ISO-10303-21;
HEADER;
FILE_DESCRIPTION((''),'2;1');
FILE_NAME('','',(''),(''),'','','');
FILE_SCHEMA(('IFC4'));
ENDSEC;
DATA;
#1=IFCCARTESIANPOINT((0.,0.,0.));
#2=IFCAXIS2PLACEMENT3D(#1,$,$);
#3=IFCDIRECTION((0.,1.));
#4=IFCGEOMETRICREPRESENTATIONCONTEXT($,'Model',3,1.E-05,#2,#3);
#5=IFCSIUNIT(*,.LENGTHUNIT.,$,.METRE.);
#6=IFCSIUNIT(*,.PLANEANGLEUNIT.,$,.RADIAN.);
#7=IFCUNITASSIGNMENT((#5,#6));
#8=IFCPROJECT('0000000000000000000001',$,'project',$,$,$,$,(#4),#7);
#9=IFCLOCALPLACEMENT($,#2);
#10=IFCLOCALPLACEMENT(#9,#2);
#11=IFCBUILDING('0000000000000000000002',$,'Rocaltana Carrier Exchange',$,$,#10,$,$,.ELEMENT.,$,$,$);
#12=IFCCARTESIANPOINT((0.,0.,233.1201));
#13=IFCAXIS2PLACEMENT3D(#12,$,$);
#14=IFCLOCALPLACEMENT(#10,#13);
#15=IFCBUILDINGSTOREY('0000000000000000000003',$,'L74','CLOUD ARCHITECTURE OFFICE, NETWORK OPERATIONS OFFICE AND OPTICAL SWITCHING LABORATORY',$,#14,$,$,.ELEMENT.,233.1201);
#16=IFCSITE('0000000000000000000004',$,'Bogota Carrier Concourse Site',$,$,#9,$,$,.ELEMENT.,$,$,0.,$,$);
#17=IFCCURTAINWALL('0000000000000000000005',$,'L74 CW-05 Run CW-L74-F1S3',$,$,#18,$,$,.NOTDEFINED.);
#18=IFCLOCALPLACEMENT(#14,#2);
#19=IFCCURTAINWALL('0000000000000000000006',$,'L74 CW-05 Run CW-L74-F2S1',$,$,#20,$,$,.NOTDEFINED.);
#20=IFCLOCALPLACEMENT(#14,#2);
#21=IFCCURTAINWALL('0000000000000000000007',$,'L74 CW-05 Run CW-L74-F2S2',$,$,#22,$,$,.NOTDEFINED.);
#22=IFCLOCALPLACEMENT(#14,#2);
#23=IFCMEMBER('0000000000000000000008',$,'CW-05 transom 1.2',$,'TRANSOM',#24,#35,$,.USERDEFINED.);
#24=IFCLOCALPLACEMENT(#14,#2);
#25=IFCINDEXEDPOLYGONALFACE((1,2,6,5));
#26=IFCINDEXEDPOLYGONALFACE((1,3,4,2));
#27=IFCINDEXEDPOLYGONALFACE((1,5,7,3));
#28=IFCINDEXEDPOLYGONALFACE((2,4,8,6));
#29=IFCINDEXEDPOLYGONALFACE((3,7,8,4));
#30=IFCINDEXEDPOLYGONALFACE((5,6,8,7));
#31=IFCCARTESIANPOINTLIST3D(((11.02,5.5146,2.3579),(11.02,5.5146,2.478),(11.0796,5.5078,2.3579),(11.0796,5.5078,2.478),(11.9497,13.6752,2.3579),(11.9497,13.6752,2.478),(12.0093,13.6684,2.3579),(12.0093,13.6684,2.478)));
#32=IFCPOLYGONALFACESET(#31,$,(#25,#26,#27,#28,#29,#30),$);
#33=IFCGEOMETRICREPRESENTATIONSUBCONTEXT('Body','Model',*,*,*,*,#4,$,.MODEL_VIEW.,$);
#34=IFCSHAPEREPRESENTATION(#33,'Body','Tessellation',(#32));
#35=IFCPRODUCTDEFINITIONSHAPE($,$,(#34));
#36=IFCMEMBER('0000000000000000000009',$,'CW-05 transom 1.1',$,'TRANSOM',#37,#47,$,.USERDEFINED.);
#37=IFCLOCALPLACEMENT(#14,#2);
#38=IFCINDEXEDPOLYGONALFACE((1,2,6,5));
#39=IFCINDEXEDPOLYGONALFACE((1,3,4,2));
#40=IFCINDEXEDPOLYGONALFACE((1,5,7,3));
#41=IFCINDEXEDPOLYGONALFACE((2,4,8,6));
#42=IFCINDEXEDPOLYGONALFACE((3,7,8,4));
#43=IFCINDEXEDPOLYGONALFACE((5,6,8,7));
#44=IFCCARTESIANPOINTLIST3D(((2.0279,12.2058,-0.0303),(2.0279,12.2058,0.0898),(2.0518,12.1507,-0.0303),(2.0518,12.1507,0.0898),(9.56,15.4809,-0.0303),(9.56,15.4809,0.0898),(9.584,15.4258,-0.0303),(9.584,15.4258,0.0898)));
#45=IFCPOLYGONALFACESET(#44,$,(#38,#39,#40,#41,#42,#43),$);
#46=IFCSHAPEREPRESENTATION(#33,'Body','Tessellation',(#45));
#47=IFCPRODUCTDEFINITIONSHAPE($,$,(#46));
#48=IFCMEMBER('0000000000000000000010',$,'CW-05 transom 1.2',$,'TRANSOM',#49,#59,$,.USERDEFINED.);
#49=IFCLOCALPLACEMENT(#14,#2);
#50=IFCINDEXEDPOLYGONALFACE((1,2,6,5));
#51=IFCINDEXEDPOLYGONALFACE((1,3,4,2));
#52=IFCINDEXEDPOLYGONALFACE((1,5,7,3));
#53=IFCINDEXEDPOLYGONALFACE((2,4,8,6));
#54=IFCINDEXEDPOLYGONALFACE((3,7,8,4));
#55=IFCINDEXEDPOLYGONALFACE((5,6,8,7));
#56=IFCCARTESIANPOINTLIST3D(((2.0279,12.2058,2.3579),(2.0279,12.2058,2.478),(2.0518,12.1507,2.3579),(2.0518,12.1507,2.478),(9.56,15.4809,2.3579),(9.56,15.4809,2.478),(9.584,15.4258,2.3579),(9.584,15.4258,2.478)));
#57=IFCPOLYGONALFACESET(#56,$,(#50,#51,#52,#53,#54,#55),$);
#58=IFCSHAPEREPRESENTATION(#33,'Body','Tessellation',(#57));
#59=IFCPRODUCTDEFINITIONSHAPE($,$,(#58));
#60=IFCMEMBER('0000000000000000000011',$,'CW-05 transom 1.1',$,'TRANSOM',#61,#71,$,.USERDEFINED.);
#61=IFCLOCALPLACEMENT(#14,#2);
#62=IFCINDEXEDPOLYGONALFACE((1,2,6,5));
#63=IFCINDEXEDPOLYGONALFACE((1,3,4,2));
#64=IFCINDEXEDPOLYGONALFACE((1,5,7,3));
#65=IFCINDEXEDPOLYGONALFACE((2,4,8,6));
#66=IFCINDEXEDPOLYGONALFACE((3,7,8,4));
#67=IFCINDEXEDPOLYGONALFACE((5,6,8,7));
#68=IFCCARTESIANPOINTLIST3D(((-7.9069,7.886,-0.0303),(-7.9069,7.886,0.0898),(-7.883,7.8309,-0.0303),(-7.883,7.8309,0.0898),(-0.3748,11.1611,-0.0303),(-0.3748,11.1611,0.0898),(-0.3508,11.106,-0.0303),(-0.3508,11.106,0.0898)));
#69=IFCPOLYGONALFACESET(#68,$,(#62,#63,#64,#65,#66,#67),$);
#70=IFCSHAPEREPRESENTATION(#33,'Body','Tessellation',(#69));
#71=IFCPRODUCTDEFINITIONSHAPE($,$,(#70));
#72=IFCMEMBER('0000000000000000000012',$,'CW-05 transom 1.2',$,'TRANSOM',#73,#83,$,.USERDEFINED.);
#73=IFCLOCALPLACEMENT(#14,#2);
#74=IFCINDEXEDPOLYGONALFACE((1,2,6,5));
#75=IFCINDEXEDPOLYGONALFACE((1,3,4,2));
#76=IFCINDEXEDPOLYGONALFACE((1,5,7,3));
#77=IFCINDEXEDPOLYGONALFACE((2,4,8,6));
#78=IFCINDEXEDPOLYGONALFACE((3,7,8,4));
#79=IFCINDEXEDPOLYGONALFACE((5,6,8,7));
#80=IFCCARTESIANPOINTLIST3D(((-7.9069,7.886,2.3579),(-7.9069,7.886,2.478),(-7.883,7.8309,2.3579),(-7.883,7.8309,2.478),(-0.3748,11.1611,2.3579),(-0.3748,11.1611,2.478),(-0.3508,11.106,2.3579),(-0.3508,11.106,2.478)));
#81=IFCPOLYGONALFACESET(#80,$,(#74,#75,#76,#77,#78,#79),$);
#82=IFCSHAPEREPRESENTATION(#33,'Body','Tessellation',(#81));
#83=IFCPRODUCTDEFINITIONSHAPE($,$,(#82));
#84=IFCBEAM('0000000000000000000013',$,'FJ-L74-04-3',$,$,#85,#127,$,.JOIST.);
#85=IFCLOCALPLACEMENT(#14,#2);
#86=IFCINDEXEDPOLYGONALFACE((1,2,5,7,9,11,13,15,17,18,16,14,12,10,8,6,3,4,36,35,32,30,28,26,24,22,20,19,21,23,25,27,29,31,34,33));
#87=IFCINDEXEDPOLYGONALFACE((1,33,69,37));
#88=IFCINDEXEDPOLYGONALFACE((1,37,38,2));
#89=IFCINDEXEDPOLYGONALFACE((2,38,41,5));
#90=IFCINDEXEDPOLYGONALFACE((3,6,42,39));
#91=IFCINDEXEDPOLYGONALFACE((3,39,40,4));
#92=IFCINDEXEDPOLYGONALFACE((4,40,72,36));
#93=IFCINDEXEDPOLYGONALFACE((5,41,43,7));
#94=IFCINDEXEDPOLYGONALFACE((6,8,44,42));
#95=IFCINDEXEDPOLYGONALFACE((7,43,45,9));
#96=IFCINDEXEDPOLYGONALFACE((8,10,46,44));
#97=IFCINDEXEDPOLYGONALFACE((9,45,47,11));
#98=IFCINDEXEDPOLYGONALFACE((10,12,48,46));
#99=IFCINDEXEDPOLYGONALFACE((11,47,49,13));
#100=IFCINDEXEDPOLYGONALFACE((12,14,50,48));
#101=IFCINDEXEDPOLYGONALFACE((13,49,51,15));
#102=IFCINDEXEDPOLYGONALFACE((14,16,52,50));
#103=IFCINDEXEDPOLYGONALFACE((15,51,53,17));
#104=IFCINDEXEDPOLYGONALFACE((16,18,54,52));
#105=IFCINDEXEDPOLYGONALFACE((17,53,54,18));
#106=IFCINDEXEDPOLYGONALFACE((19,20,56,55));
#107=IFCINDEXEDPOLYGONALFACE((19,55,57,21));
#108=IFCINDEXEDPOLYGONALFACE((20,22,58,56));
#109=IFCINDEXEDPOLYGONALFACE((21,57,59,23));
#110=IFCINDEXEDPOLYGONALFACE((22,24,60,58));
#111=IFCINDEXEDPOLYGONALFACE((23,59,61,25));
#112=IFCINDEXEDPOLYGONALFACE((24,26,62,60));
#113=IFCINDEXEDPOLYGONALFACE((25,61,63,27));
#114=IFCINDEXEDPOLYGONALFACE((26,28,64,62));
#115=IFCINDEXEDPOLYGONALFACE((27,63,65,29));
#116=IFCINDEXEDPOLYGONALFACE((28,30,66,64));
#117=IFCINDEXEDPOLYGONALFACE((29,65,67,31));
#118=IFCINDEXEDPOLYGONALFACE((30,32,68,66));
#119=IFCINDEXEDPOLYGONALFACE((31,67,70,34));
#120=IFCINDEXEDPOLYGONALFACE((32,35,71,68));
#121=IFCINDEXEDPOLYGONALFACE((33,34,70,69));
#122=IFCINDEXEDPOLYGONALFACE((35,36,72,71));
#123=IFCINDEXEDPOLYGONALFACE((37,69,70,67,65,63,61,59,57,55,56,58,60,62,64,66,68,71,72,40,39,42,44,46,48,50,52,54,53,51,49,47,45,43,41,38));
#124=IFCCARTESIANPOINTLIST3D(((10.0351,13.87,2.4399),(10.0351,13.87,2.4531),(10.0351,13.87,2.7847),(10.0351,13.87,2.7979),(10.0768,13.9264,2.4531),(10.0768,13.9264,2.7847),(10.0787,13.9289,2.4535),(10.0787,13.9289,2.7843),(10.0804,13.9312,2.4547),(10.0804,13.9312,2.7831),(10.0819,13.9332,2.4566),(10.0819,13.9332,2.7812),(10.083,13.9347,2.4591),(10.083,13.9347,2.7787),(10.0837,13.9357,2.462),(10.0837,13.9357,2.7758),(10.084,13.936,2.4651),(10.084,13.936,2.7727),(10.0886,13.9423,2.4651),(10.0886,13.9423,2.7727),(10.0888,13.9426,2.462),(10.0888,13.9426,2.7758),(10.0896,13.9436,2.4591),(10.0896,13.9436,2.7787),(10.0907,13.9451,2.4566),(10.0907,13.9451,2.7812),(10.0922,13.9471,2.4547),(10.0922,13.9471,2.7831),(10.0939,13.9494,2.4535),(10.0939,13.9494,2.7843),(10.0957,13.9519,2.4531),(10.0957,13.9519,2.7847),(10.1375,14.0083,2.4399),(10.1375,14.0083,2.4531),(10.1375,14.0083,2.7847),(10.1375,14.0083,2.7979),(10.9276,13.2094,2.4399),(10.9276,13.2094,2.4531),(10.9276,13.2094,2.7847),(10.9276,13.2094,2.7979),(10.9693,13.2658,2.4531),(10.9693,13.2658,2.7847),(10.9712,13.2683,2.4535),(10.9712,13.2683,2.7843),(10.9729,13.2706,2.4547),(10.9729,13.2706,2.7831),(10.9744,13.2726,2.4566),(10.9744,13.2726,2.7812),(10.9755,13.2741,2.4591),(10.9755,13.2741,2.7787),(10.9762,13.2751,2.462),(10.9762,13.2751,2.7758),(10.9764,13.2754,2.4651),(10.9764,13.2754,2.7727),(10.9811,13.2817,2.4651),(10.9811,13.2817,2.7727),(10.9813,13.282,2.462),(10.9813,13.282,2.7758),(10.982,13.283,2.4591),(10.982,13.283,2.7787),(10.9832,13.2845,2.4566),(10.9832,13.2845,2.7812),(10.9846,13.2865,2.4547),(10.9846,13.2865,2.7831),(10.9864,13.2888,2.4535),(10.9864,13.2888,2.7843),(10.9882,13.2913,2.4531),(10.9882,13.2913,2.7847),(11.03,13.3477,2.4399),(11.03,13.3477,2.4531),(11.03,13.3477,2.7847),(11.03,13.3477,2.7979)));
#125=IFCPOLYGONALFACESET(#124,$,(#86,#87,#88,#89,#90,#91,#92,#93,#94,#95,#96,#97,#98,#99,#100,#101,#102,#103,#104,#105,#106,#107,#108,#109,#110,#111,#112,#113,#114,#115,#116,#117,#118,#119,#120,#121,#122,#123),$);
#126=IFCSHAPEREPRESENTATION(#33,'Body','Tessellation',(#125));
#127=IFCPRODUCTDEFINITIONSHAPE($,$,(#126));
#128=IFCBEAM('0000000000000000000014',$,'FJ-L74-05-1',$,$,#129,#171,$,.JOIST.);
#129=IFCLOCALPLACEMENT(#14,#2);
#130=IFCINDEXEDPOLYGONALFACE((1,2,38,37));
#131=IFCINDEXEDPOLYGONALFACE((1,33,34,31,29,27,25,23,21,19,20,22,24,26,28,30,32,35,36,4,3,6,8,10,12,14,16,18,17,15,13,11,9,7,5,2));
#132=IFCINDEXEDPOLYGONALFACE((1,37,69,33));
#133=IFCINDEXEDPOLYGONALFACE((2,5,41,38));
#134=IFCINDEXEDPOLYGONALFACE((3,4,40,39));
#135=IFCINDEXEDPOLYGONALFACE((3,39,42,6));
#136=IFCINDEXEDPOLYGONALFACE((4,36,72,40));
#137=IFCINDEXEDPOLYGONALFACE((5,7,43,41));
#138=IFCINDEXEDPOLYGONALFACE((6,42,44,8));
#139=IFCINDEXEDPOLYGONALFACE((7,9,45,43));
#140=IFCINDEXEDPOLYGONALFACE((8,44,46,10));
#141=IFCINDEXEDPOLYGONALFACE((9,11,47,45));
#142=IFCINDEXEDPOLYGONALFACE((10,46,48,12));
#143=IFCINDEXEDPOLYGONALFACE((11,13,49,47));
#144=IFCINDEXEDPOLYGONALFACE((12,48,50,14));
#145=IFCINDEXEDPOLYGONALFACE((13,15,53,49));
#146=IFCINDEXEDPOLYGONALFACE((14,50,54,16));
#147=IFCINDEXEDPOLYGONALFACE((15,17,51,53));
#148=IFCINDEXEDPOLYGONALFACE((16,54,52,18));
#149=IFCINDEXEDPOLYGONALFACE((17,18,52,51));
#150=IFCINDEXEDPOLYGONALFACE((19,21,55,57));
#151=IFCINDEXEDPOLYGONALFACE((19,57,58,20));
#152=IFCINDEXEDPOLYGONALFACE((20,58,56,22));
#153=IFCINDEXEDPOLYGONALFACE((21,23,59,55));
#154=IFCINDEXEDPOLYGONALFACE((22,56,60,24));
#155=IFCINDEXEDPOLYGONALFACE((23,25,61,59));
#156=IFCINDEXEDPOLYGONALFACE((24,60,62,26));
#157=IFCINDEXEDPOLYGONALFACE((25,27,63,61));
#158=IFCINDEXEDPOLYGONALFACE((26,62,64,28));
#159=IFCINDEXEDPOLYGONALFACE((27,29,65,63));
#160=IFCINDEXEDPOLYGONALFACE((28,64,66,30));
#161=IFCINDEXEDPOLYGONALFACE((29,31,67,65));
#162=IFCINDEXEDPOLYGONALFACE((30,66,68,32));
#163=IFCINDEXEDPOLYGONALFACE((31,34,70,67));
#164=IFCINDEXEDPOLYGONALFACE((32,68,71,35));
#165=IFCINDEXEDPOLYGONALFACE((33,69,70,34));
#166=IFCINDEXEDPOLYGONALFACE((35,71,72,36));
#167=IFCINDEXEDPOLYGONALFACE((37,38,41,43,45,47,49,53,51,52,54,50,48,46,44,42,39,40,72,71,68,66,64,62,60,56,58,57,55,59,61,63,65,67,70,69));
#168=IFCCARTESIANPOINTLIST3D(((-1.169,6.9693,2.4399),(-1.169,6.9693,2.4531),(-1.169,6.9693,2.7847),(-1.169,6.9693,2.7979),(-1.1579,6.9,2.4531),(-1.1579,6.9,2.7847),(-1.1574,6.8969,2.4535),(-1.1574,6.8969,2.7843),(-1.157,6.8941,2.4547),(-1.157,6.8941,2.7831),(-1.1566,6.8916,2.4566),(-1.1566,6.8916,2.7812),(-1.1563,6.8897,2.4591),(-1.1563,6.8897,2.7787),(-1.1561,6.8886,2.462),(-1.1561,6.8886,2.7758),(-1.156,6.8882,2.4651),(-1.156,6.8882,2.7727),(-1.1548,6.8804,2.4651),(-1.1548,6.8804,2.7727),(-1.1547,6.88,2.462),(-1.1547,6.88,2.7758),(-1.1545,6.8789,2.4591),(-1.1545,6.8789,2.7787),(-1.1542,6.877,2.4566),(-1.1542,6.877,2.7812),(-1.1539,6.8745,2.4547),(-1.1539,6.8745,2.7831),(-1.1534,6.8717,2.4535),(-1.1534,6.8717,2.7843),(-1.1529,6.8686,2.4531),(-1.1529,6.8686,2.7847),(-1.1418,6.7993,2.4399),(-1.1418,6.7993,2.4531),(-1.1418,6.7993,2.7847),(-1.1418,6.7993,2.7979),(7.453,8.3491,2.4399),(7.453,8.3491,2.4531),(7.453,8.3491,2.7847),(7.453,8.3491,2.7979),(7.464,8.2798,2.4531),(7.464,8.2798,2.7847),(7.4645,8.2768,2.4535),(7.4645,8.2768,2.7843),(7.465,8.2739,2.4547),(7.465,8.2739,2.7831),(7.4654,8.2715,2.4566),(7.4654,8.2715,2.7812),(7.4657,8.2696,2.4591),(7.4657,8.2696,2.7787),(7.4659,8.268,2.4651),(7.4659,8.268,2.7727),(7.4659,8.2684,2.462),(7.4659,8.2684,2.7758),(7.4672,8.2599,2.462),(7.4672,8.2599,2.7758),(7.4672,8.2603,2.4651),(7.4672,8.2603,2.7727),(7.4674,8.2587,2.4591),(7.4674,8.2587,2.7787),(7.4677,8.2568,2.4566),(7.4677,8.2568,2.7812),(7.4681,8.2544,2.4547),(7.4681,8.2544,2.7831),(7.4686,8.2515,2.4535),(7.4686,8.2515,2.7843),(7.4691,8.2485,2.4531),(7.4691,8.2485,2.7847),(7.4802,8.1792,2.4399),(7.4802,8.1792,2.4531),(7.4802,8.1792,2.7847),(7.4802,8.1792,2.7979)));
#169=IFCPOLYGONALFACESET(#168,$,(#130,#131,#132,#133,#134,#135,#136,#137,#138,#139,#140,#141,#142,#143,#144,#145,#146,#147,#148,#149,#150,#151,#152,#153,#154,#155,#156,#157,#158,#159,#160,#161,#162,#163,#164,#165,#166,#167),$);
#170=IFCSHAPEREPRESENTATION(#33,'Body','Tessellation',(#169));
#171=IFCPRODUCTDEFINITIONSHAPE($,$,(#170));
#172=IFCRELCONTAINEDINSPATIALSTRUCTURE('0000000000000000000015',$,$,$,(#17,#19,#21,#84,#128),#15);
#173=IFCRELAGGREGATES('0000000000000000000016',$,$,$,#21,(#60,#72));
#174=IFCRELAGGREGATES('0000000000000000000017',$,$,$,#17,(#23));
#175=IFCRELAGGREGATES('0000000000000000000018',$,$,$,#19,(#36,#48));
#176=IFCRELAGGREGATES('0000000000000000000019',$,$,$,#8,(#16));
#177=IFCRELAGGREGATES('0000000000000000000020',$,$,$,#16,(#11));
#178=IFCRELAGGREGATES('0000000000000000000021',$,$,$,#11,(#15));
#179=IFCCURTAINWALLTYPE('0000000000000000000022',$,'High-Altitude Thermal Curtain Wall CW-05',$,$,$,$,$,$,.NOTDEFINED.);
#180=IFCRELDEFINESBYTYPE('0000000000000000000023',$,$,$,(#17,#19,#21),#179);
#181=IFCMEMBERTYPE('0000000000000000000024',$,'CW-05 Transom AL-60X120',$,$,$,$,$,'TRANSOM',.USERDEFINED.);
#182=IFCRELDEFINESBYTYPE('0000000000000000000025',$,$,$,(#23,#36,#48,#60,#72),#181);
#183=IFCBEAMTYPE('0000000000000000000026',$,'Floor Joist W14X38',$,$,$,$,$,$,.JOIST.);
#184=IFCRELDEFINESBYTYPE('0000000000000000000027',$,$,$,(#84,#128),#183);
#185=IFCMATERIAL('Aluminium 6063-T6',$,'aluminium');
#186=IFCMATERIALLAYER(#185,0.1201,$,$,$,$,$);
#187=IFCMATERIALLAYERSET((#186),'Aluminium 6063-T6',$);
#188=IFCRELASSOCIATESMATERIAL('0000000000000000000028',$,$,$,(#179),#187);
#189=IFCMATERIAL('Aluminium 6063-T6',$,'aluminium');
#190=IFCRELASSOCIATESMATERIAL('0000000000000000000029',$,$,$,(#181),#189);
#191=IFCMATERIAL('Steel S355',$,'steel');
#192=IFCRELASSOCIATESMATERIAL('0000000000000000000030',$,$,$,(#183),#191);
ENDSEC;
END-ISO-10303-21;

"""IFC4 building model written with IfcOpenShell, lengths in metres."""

from ifc_helpers import new_model, si_unit, direction, frame, origin, origin_2d, place, context, subcontext, project, spatial, rectangle, i_section, extrude, material, layer, layer_set, material_profile, profile_set, type_object, element, aggregate, save


model = new_model("IFC4")

# Units and contexts
model_context = context("Model", 3, precision=1e-05, world=origin(), true_north=direction((0.0, 1.0)))
body_context = subcontext(model_context, "Body", "Model", "MODEL_VIEW")
ifc_project = project(units=[si_unit("LENGTHUNIT", "METRE"), si_unit("PLANEANGLEUNIT", "RADIAN")], contexts=[model_context])

# Site, building, storey
site_placement = place(None, origin())
site = spatial("IfcSite", under=ifc_project, at=site_placement, Name="Bogota Carrier Concourse Site", CompositionType="ELEMENT", RefElevation=0.0)
building_placement = place(site_placement, origin())
building = spatial("IfcBuilding", under=site, at=building_placement, Name="Rocaltana Carrier Exchange", CompositionType="ELEMENT")
storey_placement = place(building_placement, frame((0.0, 0.0, 233.1201)))
storey = spatial("IfcBuildingStorey", under=building, at=storey_placement, Name="L74", Description="CLOUD ARCHITECTURE OFFICE, NETWORK OPERATIONS OFFICE AND OPTICAL SWITCHING LABORATORY", CompositionType="ELEMENT", Elevation=233.1201)

# Curtain wall
ifc_material_1 = material(Name="Aluminium 6063-T6", Category="aluminium")
ifc_layer_1 = layer(ifc_material_1, 0.1201)
ifc_layer_set_1 = layer_set([ifc_layer_1], Name="Aluminium 6063-T6")
curtain_wall_type = type_object("IfcCurtainWallType", Name="High-Altitude Thermal Curtain Wall CW-05", PredefinedType="NOTDEFINED", material=ifc_layer_set_1)
curtain_wall_1_placement = place(storey_placement, origin())
curtain_wall_1 = element("IfcCurtainWall", 1, at=curtain_wall_1_placement, inside=storey, type_object=curtain_wall_type, Name="L74 CW-05 Run CW-L74-F1S3", PredefinedType="NOTDEFINED")

# Curtain wall
curtain_wall_2_placement = place(storey_placement, origin())
curtain_wall_2 = element("IfcCurtainWall", 2, at=curtain_wall_2_placement, inside=storey, type_object=curtain_wall_type, Name="L74 CW-05 Run CW-L74-F2S1", PredefinedType="NOTDEFINED")

# Curtain wall
curtain_wall_3_placement = place(storey_placement, origin())
curtain_wall_3 = element("IfcCurtainWall", 3, at=curtain_wall_3_placement, inside=storey, type_object=curtain_wall_type, Name="L74 CW-05 Run CW-L74-F2S2", PredefinedType="NOTDEFINED")

# Members
ifc_material_2 = material(Name="Aluminium 6063-T6", Category="aluminium")
ifc_material_profile_1 = material_profile(ifc_material_2, rectangle(XDim=0.0601, YDim=0.1201, at=origin_2d()), Name="AL-60X120")
ifc_profile_set_1 = profile_set([ifc_material_profile_1], Name="Aluminium 6063-T6")
member_type_1 = type_object("IfcMemberType", Name="CW-05 Transom AL-60X120", ElementType="TRANSOM", PredefinedType="USERDEFINED", material=ifc_profile_set_1)
member_1_placement = place(storey_placement, frame((11.0498, 5.5112, 2.418), z_axis=(0.113191, 0.993573, 0.0), x_axis=(-0.993573, 0.113191, 0.0)))
member_1 = element("IfcMember", 4, at=member_1_placement, type_object=member_type_1, Name="CW-05 transom 1.2", ObjectType="TRANSOM", PredefinedType="USERDEFINED", context=body_context, shape_type="SweptSolid", body=[
    extrude(rectangle(XDim=0.0601, YDim=0.1201, at=origin_2d()), origin(), (0.0, 0.0, 1.0), 8.2134),
])
member_2_placement = place(storey_placement, frame((9.572, 15.4534, 0.0298), z_axis=(-0.917058, -0.398753, 0.0), x_axis=(0.398753, -0.917058, 0.0)))
member_2 = element("IfcMember", 5, at=member_2_placement, type_object=member_type_1, Name="CW-05 transom 1.1", ObjectType="TRANSOM", PredefinedType="USERDEFINED", context=body_context, shape_type="SweptSolid", body=[
    extrude(rectangle(XDim=0.0601, YDim=0.1201, at=origin_2d()), origin(), (0.0, 0.0, 1.0), 8.2134),
])
member_3_placement = place(storey_placement, frame((9.572, 15.4534, 2.418), z_axis=(-0.917058, -0.398753, 0.0), x_axis=(0.398753, -0.917058, 0.0)))
member_3 = element("IfcMember", 6, at=member_3_placement, type_object=member_type_1, Name="CW-05 transom 1.2", ObjectType="TRANSOM", PredefinedType="USERDEFINED", context=body_context, shape_type="SweptSolid", body=[
    extrude(rectangle(XDim=0.0601, YDim=0.1201, at=origin_2d()), origin(), (0.0, 0.0, 1.0), 8.2134),
])
member_4_placement = place(storey_placement, frame((-0.3628, 11.1335, 0.0298), z_axis=(-0.917058, -0.398753, 0.0), x_axis=(0.398753, -0.917058, 0.0)))
member_4 = element("IfcMember", 7, at=member_4_placement, type_object=member_type_1, Name="CW-05 transom 1.1", ObjectType="TRANSOM", PredefinedType="USERDEFINED", context=body_context, shape_type="SweptSolid", body=[
    extrude(rectangle(XDim=0.0601, YDim=0.1201, at=origin_2d()), origin(), (0.0, 0.0, 1.0), 8.2134),
])
member_5_placement = place(storey_placement, frame((-0.3628, 11.1335, 2.418), z_axis=(-0.917058, -0.398753, 0.0), x_axis=(0.398753, -0.917058, 0.0)))
member_5 = element("IfcMember", 8, at=member_5_placement, type_object=member_type_1, Name="CW-05 transom 1.2", ObjectType="TRANSOM", PredefinedType="USERDEFINED", context=body_context, shape_type="SweptSolid", body=[
    extrude(rectangle(XDim=0.0601, YDim=0.1201, at=origin_2d()), origin(), (0.0, 0.0, 1.0), 8.2134),
])
aggregate(curtain_wall_3, [member_4, member_5])

# Beams
ifc_material_3 = material(Name="Steel S355", Category="steel")
ifc_material_profile_2 = material_profile(ifc_material_3, i_section(OverallWidth=0.1721, OverallDepth=0.3579, WebThickness=0.0078, FlangeThickness=0.0132, FilletRadius=0.012, at=origin_2d()), Name="W14X38")
ifc_profile_set_2 = profile_set([ifc_material_profile_2], Name="Steel S355")
beam_type_1 = type_object("IfcBeamType", Name="Floor Joist W14X38", PredefinedType="JOIST", material=ifc_profile_set_2)
beam_1_placement = place(storey_placement, frame((10.9788, 13.2786, 2.6189), z_axis=(-0.803783, 0.594923, 0.0), x_axis=(-0.594923, -0.803783, 0.0)))
element("IfcBeam", 9, at=beam_1_placement, inside=storey, type_object=beam_type_1, Name="FJ-L74-04-3", PredefinedType="JOIST", context=body_context, shape_type="SweptSolid", body=[
    extrude(i_section(OverallWidth=0.1721, OverallDepth=0.3579, WebThickness=0.0078, FlangeThickness=0.0132, FilletRadius=0.012, at=origin_2d()), origin(), (0.0, 0.0, 1.0), 1.1104),
])
beam_2_placement = place(storey_placement, frame((7.4666, 8.2642, 2.6189), z_axis=(-0.987434, -0.15803, 0.0), x_axis=(0.15803, -0.987434, 0.0)))
element("IfcBeam", 10, at=beam_2_placement, inside=storey, type_object=beam_type_1, Name="FJ-L74-05-1", PredefinedType="JOIST", context=body_context, shape_type="SweptSolid", body=[
    extrude(i_section(OverallWidth=0.1721, OverallDepth=0.3579, WebThickness=0.0078, FlangeThickness=0.0132, FilletRadius=0.012, at=origin_2d()), origin(), (0.0, 0.0, 1.0), 8.7317),
])

aggregate(curtain_wall_1, [member_1])
aggregate(curtain_wall_2, [member_2, member_3])

save(model, "model.ifc")
